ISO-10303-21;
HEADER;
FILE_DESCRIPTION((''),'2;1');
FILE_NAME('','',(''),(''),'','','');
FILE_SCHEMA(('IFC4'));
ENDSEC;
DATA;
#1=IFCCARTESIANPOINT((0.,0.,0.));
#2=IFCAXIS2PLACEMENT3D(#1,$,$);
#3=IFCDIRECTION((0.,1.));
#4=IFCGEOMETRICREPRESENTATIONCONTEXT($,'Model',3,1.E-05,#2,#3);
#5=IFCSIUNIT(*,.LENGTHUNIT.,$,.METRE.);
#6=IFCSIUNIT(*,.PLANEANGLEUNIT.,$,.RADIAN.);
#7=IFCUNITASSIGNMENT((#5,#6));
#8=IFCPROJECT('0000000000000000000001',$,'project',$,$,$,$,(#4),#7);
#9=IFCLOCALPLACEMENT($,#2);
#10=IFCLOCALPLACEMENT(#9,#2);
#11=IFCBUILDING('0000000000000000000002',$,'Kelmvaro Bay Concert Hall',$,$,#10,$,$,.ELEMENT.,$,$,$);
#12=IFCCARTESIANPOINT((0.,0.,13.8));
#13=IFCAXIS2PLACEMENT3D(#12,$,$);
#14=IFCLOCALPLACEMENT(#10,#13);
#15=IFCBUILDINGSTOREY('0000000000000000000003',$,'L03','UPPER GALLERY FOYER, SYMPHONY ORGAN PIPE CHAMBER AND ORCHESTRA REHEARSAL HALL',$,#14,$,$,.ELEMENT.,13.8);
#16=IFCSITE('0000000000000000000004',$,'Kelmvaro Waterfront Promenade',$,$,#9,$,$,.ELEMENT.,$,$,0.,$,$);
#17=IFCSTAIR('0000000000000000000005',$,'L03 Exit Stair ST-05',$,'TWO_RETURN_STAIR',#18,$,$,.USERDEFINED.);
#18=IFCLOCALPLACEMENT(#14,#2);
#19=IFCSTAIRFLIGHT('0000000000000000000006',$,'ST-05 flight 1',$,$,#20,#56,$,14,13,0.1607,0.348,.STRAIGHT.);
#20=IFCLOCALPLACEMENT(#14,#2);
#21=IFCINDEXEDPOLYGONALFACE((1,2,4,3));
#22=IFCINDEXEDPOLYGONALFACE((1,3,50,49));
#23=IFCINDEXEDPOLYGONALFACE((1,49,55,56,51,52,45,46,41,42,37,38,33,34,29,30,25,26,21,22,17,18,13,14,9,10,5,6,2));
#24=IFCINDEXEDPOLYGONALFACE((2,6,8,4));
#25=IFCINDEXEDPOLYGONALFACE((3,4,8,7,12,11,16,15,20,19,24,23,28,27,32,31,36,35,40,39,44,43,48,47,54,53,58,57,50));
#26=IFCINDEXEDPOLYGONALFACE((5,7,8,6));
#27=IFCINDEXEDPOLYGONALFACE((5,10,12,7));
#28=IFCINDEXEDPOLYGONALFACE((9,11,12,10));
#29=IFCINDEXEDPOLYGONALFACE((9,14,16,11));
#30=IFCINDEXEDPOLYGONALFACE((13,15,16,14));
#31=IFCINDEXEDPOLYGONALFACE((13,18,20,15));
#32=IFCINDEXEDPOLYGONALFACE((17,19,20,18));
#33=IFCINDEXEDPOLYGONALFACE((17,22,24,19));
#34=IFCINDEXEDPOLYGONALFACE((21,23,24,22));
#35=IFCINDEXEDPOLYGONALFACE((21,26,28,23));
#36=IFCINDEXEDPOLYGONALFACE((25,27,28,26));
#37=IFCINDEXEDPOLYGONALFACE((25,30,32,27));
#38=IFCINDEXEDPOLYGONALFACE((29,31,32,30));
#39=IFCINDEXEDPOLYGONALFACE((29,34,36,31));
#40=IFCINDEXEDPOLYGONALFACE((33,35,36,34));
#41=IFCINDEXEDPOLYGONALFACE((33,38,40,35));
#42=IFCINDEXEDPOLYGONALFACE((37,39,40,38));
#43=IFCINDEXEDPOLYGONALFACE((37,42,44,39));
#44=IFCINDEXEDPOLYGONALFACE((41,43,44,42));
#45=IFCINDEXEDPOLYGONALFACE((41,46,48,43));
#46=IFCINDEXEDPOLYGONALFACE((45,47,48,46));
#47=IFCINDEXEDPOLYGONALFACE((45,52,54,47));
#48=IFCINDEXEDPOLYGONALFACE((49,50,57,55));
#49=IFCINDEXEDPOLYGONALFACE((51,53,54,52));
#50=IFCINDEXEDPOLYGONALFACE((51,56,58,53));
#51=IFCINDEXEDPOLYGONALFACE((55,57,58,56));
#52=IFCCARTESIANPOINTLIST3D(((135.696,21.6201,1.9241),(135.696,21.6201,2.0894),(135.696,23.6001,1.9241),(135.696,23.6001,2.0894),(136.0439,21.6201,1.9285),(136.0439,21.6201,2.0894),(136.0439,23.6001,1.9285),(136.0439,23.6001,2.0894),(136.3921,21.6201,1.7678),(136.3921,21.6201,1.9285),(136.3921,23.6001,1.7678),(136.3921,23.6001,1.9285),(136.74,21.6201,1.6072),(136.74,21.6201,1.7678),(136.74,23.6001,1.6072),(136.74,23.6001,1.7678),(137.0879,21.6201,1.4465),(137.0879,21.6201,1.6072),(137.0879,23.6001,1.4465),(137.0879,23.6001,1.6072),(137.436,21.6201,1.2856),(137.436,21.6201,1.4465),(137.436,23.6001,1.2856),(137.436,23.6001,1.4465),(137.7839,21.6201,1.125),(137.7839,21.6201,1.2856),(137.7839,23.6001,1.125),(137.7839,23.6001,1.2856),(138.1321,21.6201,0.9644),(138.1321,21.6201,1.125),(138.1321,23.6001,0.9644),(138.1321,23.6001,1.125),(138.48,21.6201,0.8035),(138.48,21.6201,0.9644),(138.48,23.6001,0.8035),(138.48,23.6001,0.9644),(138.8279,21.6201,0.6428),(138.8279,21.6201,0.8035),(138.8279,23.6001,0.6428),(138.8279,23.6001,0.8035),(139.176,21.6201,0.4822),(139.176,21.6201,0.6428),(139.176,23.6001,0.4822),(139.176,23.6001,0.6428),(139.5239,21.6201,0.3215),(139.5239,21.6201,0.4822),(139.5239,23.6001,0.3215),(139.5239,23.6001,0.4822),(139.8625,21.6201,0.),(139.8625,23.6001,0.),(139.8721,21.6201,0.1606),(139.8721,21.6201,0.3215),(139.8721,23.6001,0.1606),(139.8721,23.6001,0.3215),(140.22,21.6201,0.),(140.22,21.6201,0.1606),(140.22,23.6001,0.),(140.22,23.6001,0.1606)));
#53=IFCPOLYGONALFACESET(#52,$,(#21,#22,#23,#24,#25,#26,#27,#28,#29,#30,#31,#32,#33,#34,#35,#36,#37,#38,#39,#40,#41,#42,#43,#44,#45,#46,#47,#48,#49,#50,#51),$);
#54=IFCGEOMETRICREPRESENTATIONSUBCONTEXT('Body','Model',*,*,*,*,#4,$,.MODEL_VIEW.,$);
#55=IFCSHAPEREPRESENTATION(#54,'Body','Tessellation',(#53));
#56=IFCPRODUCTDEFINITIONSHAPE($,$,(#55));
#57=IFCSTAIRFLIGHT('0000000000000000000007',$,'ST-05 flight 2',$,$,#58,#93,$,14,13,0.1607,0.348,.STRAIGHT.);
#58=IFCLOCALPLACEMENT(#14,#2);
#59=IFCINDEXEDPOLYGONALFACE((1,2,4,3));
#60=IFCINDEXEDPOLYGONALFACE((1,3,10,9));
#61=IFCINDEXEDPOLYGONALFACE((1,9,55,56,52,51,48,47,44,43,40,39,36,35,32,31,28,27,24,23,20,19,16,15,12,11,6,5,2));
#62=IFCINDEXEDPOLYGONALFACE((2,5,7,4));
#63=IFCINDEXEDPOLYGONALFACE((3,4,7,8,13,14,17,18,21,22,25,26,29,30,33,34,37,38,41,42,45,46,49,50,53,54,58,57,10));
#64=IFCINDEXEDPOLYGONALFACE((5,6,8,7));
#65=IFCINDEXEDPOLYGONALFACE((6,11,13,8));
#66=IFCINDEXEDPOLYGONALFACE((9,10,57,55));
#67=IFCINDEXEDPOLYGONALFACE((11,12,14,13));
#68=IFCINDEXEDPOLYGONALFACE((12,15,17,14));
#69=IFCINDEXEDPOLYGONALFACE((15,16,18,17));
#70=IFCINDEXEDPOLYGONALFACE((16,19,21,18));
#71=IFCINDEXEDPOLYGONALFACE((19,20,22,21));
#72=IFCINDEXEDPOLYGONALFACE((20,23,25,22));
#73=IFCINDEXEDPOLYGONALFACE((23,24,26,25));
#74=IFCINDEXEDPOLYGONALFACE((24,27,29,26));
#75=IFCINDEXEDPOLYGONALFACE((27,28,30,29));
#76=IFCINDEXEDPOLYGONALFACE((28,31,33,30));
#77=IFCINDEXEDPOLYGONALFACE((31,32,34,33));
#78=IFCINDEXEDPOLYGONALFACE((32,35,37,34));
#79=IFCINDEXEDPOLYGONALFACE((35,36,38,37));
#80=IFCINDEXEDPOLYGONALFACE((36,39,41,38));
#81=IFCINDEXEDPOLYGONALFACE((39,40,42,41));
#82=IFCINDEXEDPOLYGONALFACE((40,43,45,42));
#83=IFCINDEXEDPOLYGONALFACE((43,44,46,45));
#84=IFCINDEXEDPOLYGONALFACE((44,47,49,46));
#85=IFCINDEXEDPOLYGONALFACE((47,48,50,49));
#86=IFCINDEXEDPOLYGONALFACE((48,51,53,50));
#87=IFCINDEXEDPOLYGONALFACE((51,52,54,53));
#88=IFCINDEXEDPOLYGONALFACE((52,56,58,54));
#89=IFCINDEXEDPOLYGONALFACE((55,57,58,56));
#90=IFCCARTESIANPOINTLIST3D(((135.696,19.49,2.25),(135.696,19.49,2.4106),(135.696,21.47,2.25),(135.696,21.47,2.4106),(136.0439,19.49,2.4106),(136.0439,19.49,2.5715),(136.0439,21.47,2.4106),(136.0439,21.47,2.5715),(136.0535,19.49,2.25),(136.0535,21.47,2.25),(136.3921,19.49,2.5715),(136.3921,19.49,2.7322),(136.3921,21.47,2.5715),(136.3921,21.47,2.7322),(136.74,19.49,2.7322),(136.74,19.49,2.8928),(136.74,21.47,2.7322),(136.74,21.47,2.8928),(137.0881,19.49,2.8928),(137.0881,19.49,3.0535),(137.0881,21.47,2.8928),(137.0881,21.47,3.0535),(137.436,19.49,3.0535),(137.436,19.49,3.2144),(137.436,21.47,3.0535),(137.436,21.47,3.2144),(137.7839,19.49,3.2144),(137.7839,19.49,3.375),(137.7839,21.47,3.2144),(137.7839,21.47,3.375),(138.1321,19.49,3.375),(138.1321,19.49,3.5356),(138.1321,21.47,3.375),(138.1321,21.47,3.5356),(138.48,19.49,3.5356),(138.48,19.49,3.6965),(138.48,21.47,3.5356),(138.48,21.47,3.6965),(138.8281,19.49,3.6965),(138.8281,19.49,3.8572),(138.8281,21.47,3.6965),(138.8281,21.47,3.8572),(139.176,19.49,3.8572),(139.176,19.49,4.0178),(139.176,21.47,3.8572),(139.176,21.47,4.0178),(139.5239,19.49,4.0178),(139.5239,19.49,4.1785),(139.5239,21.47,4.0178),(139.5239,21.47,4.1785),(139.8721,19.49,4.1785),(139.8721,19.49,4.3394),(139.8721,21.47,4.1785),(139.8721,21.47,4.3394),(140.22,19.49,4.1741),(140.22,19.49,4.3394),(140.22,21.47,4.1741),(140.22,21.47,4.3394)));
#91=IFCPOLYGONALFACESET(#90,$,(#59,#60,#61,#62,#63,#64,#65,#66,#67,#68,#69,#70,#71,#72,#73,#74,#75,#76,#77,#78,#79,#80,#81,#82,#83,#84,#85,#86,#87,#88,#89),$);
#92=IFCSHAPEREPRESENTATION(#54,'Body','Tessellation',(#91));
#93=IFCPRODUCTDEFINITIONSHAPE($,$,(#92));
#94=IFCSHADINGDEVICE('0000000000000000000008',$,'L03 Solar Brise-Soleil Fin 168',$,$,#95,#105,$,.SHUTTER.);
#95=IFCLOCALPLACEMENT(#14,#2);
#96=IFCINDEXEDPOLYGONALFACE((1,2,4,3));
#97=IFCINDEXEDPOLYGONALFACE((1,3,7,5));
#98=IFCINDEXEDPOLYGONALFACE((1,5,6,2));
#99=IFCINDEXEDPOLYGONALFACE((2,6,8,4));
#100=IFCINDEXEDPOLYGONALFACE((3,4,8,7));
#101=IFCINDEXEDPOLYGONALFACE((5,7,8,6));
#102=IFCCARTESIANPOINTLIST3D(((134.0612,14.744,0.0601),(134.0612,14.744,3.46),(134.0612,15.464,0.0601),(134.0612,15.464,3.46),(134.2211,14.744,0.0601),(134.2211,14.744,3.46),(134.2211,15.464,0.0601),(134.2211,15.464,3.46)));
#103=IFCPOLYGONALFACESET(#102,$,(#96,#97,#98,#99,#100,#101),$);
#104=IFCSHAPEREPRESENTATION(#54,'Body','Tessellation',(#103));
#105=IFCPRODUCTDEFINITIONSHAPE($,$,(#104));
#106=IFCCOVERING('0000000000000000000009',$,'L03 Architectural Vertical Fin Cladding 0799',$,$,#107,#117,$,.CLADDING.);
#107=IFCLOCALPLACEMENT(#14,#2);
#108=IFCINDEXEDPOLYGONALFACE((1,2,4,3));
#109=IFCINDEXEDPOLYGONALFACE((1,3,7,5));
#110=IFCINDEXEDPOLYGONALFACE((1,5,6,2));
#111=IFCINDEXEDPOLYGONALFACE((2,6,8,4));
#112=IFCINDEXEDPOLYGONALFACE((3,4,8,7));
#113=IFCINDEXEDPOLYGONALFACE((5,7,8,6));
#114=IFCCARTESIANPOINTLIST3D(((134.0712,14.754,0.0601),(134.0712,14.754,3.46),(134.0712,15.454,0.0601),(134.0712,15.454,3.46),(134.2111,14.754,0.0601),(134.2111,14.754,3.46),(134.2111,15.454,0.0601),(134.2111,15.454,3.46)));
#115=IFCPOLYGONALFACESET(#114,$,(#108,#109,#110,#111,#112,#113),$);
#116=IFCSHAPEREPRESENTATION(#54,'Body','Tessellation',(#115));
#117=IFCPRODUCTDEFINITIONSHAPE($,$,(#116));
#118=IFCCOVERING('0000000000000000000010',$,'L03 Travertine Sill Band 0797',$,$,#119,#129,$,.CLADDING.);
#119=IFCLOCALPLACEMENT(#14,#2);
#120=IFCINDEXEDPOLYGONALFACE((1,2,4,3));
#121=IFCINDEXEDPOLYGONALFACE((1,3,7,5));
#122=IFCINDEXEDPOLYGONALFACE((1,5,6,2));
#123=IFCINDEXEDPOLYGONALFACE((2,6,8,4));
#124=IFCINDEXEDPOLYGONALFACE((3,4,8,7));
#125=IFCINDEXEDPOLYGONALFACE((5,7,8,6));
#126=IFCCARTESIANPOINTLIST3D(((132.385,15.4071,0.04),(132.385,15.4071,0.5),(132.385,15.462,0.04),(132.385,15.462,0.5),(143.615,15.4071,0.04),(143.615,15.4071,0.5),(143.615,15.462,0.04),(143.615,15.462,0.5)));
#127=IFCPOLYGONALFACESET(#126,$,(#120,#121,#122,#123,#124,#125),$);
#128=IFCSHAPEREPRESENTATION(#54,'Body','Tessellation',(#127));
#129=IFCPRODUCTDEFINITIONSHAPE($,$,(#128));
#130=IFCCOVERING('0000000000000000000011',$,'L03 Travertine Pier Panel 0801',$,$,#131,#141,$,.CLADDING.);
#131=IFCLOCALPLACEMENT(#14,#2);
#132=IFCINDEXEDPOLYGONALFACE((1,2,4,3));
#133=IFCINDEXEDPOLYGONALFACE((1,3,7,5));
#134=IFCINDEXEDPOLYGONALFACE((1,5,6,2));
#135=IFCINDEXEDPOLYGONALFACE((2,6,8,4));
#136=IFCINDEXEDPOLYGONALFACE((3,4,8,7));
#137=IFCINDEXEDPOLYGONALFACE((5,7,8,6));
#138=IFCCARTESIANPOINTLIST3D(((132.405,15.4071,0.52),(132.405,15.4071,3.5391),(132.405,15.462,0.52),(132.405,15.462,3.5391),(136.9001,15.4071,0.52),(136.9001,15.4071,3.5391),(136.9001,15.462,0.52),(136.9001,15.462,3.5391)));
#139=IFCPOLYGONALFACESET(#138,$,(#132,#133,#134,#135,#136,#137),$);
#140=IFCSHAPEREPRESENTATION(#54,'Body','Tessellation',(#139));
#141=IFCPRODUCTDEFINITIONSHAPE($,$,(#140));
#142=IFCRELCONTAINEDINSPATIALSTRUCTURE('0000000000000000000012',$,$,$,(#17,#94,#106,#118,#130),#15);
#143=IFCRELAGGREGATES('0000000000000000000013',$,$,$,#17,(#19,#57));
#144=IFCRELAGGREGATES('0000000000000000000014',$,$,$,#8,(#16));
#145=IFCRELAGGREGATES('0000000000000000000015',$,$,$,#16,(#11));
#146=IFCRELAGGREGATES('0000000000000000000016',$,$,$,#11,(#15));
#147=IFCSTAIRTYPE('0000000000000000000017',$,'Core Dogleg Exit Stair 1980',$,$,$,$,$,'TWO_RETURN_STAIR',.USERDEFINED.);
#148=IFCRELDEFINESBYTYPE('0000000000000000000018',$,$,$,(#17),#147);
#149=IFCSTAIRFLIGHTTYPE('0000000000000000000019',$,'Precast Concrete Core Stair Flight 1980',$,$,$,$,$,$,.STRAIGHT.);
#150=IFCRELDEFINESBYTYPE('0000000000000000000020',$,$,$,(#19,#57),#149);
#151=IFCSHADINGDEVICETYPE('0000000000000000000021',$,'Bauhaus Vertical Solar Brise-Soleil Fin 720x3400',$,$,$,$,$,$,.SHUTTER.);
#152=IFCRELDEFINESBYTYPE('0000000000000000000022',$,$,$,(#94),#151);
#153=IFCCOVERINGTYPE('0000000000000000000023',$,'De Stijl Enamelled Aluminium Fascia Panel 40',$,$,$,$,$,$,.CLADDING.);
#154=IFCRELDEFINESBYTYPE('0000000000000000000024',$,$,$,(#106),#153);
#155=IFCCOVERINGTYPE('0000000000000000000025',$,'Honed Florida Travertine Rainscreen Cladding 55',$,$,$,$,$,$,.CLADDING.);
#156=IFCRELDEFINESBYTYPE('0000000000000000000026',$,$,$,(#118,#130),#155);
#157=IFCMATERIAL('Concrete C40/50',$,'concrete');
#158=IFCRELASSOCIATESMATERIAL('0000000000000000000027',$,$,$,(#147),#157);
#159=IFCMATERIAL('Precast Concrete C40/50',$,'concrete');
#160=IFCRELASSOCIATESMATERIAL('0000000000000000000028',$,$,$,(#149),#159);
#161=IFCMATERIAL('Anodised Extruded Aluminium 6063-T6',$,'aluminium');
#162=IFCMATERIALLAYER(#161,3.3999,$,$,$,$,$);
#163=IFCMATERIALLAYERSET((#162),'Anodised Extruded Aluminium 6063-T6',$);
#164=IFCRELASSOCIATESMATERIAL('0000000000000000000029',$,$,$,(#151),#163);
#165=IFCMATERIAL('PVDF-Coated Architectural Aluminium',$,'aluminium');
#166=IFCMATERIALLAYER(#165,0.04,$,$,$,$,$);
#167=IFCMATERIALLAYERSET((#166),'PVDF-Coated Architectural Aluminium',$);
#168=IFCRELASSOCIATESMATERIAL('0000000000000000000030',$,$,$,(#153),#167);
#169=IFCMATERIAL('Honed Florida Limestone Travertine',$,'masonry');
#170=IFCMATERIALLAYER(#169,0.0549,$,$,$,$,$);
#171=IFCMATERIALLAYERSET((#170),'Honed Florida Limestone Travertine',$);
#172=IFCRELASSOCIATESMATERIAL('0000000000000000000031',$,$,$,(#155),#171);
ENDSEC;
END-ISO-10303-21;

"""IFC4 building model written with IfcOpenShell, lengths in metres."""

from ifc_helpers import new_model, si_unit, direction, frame, origin, origin_2d, place, context, subcontext, project, spatial, polyline, rectangle, outline, extrude, material, layer, layer_set, type_object, element, aggregate, save


model = new_model("IFC4")

# Units and contexts
model_context = context("Model", 3, precision=1e-05, world=origin(), true_north=direction((0.0, 1.0)))
body_context = subcontext(model_context, "Body", "Model", "MODEL_VIEW")
ifc_project = project(units=[si_unit("LENGTHUNIT", "METRE"), si_unit("PLANEANGLEUNIT", "RADIAN")], contexts=[model_context])

# Site, building, storey
site_placement = place(None, origin())
site = spatial("IfcSite", under=ifc_project, at=site_placement, Name="Kelmvaro Waterfront Promenade", CompositionType="ELEMENT", RefElevation=0.0)
building_placement = place(site_placement, origin())
building = spatial("IfcBuilding", under=site, at=building_placement, Name="Kelmvaro Bay Concert Hall", CompositionType="ELEMENT")
storey_placement = place(building_placement, frame((0.0, 0.0, 13.8)))
storey = spatial("IfcBuildingStorey", under=building, at=storey_placement, Name="L03", Description="UPPER GALLERY FOYER, SYMPHONY ORGAN PIPE CHAMBER AND ORCHESTRA REHEARSAL HALL", CompositionType="ELEMENT", Elevation=13.8)

# Stair, stair flights
ifc_material_1 = material(Name="Concrete C40/50", Category="concrete")
stair_type = type_object("IfcStairType", Name="Core Dogleg Exit Stair 1980", ElementType="TWO_RETURN_STAIR", PredefinedType="USERDEFINED", material=ifc_material_1)
stair_placement = place(storey_placement, origin())
stair = element("IfcStair", 1, at=stair_placement, inside=storey, type_object=stair_type, Name="L03 Exit Stair ST-05", ObjectType="TWO_RETURN_STAIR", PredefinedType="USERDEFINED")
ifc_material_2 = material(Name="Precast Concrete C40/50", Category="concrete")
stair_flight_type = type_object("IfcStairFlightType", Name="Precast Concrete Core Stair Flight 1980", PredefinedType="STRAIGHT", material=ifc_material_2)
stair_flight_1_placement = place(storey_placement, frame((140.22, 22.6101, 0.0), z_axis=(0.0, 0.0, 1.0), x_axis=(-1.0, 0.0, 0.0)))
stair_flight_1 = element("IfcStairFlight", 2, at=stair_flight_1_placement, type_object=stair_flight_type, Name="ST-05 flight 1", NumberOfRisers=14, NumberOfTreads=13, PredefinedType="STRAIGHT", RiserHeight=0.1607, TreadLength=0.348, context=body_context, shape_type="SweptSolid", body=[
    extrude(outline(polyline([(0.0, 0.0), (0.0, 0.1606), (0.3479, 0.1606), (0.3479, 0.3215), (0.696, 0.3215), (0.696, 0.4822), (1.0439, 0.4822), (1.0439, 0.6428), (1.3921, 0.6428), (1.3921, 0.8035), (1.74, 0.8035), (1.74, 0.9644), (2.0879, 0.9644), (2.0879, 1.125), (2.436, 1.125), (2.436, 1.2856), (2.7839, 1.2856), (2.7839, 1.4465), (3.1321, 1.4465), (3.1321, 1.6072), (3.48, 1.6072), (3.48, 1.7678), (3.8279, 1.7678), (3.8279, 1.9285), (4.176, 1.9285), (4.176, 2.0894), (4.5239, 2.0894), (4.5239, 2.25), (4.5239, 1.9241), (0.3574, 0.0), (0.0, 0.0)])), frame((0.0, 0.99, 0.0), z_axis=(0.0, -1.0, 0.0), x_axis=(1.0, 0.0, 0.0)), (0.0, 0.0, 1.0), 1.98),
])
stair_flight_2_placement = place(storey_placement, frame((135.696, 20.48, 2.25), z_axis=(0.0, 0.0, 1.0), x_axis=(1.0, 0.0, 0.0)))
stair_flight_2 = element("IfcStairFlight", 3, at=stair_flight_2_placement, type_object=stair_flight_type, Name="ST-05 flight 2", NumberOfRisers=14, NumberOfTreads=13, PredefinedType="STRAIGHT", RiserHeight=0.1607, TreadLength=0.348, context=body_context, shape_type="SweptSolid", body=[
    extrude(outline(polyline([(0.0, 0.0), (0.0, 0.1606), (0.3479, 0.1606), (0.3479, 0.3215), (0.696, 0.3215), (0.696, 0.4822), (1.0439, 0.4822), (1.0439, 0.6428), (1.3921, 0.6428), (1.3921, 0.8035), (1.74, 0.8035), (1.74, 0.9644), (2.0879, 0.9644), (2.0879, 1.125), (2.436, 1.125), (2.436, 1.2856), (2.7839, 1.2856), (2.7839, 1.4465), (3.1321, 1.4465), (3.1321, 1.6072), (3.48, 1.6072), (3.48, 1.7678), (3.8279, 1.7678), (3.8279, 1.9285), (4.176, 1.9285), (4.176, 2.0894), (4.5239, 2.0894), (4.5239, 2.25), (4.5239, 1.9241), (0.3574, 0.0), (0.0, 0.0)])), frame((0.0, 0.99, 0.0), z_axis=(0.0, -1.0, 0.0), x_axis=(1.0, 0.0, 0.0)), (0.0, 0.0, 1.0), 1.98),
])
aggregate(stair, [stair_flight_1, stair_flight_2])

# Shading device
ifc_material_3 = material(Name="Anodised Extruded Aluminium 6063-T6", Category="aluminium")
ifc_layer_1 = layer(ifc_material_3, 3.3999)
ifc_layer_set_1 = layer_set([ifc_layer_1], Name="Anodised Extruded Aluminium 6063-T6")
shading_device_type = type_object("IfcShadingDeviceType", Name="Bauhaus Vertical Solar Brise-Soleil Fin 720x3400", PredefinedType="SHUTTER", material=ifc_layer_set_1)
shading_device_placement = place(storey_placement, frame((134.1411, 15.104, 0.0601), z_axis=(0.0, 0.0, 1.0), x_axis=(-1.0, 0.0, 0.0)))
element("IfcShadingDevice", 4, at=shading_device_placement, inside=storey, type_object=shading_device_type, Name="L03 Solar Brise-Soleil Fin 168", PredefinedType="SHUTTER", context=body_context, shape_type="SweptSolid", body=[
    extrude(rectangle(XDim=0.1599, YDim=0.72, at=origin_2d()), origin(), (0.0, 0.0, 1.0), 3.3999),
])

# Coverings
ifc_material_4 = material(Name="PVDF-Coated Architectural Aluminium", Category="aluminium")
ifc_layer_2 = layer(ifc_material_4, 0.04)
ifc_layer_set_2 = layer_set([ifc_layer_2], Name="PVDF-Coated Architectural Aluminium")
covering_type_1 = type_object("IfcCoveringType", Name="De Stijl Enamelled Aluminium Fascia Panel 40", PredefinedType="CLADDING", material=ifc_layer_set_2)
covering_1_placement = place(storey_placement, frame((134.1411, 15.104, 0.0601), z_axis=(0.0, 0.0, 1.0), x_axis=(-1.0, 0.0, 0.0)))
element("IfcCovering", 5, at=covering_1_placement, inside=storey, type_object=covering_type_1, Name="L03 Architectural Vertical Fin Cladding 0799", PredefinedType="CLADDING", context=body_context, shape_type="SweptSolid", body=[
    extrude(rectangle(XDim=0.1399, YDim=0.7, at=origin_2d()), origin(), (0.0, 0.0, 1.0), 3.3999),
])
ifc_material_5 = material(Name="Honed Florida Limestone Travertine", Category="masonry")
ifc_layer_3 = layer(ifc_material_5, 0.0549)
ifc_layer_set_3 = layer_set([ifc_layer_3], Name="Honed Florida Limestone Travertine")
covering_type_2 = type_object("IfcCoveringType", Name="Honed Florida Travertine Rainscreen Cladding 55", PredefinedType="CLADDING", material=ifc_layer_set_3)
covering_2_placement = place(storey_placement, frame((138.0, 15.4346, 0.04), z_axis=(0.0, 0.0, 1.0), x_axis=(-1.0, 0.0, 0.0)))
element("IfcCovering", 6, at=covering_2_placement, inside=storey, type_object=covering_type_2, Name="L03 Travertine Sill Band 0797", PredefinedType="CLADDING", context=body_context, shape_type="SweptSolid", body=[
    extrude(rectangle(XDim=11.23, YDim=0.0549, at=origin_2d()), origin(), (0.0, 0.0, 1.0), 0.46),
])
covering_3_placement = place(storey_placement, frame((134.6526, 15.4346, 0.52), z_axis=(0.0, 0.0, 1.0), x_axis=(-1.0, 0.0, 0.0)))
element("IfcCovering", 7, at=covering_3_placement, inside=storey, type_object=covering_type_2, Name="L03 Travertine Pier Panel 0801", PredefinedType="CLADDING", context=body_context, shape_type="SweptSolid", body=[
    extrude(rectangle(XDim=4.4951, YDim=0.0549, at=origin_2d()), origin(), (0.0, 0.0, 1.0), 3.019),
])

save(model, "model.ifc")
